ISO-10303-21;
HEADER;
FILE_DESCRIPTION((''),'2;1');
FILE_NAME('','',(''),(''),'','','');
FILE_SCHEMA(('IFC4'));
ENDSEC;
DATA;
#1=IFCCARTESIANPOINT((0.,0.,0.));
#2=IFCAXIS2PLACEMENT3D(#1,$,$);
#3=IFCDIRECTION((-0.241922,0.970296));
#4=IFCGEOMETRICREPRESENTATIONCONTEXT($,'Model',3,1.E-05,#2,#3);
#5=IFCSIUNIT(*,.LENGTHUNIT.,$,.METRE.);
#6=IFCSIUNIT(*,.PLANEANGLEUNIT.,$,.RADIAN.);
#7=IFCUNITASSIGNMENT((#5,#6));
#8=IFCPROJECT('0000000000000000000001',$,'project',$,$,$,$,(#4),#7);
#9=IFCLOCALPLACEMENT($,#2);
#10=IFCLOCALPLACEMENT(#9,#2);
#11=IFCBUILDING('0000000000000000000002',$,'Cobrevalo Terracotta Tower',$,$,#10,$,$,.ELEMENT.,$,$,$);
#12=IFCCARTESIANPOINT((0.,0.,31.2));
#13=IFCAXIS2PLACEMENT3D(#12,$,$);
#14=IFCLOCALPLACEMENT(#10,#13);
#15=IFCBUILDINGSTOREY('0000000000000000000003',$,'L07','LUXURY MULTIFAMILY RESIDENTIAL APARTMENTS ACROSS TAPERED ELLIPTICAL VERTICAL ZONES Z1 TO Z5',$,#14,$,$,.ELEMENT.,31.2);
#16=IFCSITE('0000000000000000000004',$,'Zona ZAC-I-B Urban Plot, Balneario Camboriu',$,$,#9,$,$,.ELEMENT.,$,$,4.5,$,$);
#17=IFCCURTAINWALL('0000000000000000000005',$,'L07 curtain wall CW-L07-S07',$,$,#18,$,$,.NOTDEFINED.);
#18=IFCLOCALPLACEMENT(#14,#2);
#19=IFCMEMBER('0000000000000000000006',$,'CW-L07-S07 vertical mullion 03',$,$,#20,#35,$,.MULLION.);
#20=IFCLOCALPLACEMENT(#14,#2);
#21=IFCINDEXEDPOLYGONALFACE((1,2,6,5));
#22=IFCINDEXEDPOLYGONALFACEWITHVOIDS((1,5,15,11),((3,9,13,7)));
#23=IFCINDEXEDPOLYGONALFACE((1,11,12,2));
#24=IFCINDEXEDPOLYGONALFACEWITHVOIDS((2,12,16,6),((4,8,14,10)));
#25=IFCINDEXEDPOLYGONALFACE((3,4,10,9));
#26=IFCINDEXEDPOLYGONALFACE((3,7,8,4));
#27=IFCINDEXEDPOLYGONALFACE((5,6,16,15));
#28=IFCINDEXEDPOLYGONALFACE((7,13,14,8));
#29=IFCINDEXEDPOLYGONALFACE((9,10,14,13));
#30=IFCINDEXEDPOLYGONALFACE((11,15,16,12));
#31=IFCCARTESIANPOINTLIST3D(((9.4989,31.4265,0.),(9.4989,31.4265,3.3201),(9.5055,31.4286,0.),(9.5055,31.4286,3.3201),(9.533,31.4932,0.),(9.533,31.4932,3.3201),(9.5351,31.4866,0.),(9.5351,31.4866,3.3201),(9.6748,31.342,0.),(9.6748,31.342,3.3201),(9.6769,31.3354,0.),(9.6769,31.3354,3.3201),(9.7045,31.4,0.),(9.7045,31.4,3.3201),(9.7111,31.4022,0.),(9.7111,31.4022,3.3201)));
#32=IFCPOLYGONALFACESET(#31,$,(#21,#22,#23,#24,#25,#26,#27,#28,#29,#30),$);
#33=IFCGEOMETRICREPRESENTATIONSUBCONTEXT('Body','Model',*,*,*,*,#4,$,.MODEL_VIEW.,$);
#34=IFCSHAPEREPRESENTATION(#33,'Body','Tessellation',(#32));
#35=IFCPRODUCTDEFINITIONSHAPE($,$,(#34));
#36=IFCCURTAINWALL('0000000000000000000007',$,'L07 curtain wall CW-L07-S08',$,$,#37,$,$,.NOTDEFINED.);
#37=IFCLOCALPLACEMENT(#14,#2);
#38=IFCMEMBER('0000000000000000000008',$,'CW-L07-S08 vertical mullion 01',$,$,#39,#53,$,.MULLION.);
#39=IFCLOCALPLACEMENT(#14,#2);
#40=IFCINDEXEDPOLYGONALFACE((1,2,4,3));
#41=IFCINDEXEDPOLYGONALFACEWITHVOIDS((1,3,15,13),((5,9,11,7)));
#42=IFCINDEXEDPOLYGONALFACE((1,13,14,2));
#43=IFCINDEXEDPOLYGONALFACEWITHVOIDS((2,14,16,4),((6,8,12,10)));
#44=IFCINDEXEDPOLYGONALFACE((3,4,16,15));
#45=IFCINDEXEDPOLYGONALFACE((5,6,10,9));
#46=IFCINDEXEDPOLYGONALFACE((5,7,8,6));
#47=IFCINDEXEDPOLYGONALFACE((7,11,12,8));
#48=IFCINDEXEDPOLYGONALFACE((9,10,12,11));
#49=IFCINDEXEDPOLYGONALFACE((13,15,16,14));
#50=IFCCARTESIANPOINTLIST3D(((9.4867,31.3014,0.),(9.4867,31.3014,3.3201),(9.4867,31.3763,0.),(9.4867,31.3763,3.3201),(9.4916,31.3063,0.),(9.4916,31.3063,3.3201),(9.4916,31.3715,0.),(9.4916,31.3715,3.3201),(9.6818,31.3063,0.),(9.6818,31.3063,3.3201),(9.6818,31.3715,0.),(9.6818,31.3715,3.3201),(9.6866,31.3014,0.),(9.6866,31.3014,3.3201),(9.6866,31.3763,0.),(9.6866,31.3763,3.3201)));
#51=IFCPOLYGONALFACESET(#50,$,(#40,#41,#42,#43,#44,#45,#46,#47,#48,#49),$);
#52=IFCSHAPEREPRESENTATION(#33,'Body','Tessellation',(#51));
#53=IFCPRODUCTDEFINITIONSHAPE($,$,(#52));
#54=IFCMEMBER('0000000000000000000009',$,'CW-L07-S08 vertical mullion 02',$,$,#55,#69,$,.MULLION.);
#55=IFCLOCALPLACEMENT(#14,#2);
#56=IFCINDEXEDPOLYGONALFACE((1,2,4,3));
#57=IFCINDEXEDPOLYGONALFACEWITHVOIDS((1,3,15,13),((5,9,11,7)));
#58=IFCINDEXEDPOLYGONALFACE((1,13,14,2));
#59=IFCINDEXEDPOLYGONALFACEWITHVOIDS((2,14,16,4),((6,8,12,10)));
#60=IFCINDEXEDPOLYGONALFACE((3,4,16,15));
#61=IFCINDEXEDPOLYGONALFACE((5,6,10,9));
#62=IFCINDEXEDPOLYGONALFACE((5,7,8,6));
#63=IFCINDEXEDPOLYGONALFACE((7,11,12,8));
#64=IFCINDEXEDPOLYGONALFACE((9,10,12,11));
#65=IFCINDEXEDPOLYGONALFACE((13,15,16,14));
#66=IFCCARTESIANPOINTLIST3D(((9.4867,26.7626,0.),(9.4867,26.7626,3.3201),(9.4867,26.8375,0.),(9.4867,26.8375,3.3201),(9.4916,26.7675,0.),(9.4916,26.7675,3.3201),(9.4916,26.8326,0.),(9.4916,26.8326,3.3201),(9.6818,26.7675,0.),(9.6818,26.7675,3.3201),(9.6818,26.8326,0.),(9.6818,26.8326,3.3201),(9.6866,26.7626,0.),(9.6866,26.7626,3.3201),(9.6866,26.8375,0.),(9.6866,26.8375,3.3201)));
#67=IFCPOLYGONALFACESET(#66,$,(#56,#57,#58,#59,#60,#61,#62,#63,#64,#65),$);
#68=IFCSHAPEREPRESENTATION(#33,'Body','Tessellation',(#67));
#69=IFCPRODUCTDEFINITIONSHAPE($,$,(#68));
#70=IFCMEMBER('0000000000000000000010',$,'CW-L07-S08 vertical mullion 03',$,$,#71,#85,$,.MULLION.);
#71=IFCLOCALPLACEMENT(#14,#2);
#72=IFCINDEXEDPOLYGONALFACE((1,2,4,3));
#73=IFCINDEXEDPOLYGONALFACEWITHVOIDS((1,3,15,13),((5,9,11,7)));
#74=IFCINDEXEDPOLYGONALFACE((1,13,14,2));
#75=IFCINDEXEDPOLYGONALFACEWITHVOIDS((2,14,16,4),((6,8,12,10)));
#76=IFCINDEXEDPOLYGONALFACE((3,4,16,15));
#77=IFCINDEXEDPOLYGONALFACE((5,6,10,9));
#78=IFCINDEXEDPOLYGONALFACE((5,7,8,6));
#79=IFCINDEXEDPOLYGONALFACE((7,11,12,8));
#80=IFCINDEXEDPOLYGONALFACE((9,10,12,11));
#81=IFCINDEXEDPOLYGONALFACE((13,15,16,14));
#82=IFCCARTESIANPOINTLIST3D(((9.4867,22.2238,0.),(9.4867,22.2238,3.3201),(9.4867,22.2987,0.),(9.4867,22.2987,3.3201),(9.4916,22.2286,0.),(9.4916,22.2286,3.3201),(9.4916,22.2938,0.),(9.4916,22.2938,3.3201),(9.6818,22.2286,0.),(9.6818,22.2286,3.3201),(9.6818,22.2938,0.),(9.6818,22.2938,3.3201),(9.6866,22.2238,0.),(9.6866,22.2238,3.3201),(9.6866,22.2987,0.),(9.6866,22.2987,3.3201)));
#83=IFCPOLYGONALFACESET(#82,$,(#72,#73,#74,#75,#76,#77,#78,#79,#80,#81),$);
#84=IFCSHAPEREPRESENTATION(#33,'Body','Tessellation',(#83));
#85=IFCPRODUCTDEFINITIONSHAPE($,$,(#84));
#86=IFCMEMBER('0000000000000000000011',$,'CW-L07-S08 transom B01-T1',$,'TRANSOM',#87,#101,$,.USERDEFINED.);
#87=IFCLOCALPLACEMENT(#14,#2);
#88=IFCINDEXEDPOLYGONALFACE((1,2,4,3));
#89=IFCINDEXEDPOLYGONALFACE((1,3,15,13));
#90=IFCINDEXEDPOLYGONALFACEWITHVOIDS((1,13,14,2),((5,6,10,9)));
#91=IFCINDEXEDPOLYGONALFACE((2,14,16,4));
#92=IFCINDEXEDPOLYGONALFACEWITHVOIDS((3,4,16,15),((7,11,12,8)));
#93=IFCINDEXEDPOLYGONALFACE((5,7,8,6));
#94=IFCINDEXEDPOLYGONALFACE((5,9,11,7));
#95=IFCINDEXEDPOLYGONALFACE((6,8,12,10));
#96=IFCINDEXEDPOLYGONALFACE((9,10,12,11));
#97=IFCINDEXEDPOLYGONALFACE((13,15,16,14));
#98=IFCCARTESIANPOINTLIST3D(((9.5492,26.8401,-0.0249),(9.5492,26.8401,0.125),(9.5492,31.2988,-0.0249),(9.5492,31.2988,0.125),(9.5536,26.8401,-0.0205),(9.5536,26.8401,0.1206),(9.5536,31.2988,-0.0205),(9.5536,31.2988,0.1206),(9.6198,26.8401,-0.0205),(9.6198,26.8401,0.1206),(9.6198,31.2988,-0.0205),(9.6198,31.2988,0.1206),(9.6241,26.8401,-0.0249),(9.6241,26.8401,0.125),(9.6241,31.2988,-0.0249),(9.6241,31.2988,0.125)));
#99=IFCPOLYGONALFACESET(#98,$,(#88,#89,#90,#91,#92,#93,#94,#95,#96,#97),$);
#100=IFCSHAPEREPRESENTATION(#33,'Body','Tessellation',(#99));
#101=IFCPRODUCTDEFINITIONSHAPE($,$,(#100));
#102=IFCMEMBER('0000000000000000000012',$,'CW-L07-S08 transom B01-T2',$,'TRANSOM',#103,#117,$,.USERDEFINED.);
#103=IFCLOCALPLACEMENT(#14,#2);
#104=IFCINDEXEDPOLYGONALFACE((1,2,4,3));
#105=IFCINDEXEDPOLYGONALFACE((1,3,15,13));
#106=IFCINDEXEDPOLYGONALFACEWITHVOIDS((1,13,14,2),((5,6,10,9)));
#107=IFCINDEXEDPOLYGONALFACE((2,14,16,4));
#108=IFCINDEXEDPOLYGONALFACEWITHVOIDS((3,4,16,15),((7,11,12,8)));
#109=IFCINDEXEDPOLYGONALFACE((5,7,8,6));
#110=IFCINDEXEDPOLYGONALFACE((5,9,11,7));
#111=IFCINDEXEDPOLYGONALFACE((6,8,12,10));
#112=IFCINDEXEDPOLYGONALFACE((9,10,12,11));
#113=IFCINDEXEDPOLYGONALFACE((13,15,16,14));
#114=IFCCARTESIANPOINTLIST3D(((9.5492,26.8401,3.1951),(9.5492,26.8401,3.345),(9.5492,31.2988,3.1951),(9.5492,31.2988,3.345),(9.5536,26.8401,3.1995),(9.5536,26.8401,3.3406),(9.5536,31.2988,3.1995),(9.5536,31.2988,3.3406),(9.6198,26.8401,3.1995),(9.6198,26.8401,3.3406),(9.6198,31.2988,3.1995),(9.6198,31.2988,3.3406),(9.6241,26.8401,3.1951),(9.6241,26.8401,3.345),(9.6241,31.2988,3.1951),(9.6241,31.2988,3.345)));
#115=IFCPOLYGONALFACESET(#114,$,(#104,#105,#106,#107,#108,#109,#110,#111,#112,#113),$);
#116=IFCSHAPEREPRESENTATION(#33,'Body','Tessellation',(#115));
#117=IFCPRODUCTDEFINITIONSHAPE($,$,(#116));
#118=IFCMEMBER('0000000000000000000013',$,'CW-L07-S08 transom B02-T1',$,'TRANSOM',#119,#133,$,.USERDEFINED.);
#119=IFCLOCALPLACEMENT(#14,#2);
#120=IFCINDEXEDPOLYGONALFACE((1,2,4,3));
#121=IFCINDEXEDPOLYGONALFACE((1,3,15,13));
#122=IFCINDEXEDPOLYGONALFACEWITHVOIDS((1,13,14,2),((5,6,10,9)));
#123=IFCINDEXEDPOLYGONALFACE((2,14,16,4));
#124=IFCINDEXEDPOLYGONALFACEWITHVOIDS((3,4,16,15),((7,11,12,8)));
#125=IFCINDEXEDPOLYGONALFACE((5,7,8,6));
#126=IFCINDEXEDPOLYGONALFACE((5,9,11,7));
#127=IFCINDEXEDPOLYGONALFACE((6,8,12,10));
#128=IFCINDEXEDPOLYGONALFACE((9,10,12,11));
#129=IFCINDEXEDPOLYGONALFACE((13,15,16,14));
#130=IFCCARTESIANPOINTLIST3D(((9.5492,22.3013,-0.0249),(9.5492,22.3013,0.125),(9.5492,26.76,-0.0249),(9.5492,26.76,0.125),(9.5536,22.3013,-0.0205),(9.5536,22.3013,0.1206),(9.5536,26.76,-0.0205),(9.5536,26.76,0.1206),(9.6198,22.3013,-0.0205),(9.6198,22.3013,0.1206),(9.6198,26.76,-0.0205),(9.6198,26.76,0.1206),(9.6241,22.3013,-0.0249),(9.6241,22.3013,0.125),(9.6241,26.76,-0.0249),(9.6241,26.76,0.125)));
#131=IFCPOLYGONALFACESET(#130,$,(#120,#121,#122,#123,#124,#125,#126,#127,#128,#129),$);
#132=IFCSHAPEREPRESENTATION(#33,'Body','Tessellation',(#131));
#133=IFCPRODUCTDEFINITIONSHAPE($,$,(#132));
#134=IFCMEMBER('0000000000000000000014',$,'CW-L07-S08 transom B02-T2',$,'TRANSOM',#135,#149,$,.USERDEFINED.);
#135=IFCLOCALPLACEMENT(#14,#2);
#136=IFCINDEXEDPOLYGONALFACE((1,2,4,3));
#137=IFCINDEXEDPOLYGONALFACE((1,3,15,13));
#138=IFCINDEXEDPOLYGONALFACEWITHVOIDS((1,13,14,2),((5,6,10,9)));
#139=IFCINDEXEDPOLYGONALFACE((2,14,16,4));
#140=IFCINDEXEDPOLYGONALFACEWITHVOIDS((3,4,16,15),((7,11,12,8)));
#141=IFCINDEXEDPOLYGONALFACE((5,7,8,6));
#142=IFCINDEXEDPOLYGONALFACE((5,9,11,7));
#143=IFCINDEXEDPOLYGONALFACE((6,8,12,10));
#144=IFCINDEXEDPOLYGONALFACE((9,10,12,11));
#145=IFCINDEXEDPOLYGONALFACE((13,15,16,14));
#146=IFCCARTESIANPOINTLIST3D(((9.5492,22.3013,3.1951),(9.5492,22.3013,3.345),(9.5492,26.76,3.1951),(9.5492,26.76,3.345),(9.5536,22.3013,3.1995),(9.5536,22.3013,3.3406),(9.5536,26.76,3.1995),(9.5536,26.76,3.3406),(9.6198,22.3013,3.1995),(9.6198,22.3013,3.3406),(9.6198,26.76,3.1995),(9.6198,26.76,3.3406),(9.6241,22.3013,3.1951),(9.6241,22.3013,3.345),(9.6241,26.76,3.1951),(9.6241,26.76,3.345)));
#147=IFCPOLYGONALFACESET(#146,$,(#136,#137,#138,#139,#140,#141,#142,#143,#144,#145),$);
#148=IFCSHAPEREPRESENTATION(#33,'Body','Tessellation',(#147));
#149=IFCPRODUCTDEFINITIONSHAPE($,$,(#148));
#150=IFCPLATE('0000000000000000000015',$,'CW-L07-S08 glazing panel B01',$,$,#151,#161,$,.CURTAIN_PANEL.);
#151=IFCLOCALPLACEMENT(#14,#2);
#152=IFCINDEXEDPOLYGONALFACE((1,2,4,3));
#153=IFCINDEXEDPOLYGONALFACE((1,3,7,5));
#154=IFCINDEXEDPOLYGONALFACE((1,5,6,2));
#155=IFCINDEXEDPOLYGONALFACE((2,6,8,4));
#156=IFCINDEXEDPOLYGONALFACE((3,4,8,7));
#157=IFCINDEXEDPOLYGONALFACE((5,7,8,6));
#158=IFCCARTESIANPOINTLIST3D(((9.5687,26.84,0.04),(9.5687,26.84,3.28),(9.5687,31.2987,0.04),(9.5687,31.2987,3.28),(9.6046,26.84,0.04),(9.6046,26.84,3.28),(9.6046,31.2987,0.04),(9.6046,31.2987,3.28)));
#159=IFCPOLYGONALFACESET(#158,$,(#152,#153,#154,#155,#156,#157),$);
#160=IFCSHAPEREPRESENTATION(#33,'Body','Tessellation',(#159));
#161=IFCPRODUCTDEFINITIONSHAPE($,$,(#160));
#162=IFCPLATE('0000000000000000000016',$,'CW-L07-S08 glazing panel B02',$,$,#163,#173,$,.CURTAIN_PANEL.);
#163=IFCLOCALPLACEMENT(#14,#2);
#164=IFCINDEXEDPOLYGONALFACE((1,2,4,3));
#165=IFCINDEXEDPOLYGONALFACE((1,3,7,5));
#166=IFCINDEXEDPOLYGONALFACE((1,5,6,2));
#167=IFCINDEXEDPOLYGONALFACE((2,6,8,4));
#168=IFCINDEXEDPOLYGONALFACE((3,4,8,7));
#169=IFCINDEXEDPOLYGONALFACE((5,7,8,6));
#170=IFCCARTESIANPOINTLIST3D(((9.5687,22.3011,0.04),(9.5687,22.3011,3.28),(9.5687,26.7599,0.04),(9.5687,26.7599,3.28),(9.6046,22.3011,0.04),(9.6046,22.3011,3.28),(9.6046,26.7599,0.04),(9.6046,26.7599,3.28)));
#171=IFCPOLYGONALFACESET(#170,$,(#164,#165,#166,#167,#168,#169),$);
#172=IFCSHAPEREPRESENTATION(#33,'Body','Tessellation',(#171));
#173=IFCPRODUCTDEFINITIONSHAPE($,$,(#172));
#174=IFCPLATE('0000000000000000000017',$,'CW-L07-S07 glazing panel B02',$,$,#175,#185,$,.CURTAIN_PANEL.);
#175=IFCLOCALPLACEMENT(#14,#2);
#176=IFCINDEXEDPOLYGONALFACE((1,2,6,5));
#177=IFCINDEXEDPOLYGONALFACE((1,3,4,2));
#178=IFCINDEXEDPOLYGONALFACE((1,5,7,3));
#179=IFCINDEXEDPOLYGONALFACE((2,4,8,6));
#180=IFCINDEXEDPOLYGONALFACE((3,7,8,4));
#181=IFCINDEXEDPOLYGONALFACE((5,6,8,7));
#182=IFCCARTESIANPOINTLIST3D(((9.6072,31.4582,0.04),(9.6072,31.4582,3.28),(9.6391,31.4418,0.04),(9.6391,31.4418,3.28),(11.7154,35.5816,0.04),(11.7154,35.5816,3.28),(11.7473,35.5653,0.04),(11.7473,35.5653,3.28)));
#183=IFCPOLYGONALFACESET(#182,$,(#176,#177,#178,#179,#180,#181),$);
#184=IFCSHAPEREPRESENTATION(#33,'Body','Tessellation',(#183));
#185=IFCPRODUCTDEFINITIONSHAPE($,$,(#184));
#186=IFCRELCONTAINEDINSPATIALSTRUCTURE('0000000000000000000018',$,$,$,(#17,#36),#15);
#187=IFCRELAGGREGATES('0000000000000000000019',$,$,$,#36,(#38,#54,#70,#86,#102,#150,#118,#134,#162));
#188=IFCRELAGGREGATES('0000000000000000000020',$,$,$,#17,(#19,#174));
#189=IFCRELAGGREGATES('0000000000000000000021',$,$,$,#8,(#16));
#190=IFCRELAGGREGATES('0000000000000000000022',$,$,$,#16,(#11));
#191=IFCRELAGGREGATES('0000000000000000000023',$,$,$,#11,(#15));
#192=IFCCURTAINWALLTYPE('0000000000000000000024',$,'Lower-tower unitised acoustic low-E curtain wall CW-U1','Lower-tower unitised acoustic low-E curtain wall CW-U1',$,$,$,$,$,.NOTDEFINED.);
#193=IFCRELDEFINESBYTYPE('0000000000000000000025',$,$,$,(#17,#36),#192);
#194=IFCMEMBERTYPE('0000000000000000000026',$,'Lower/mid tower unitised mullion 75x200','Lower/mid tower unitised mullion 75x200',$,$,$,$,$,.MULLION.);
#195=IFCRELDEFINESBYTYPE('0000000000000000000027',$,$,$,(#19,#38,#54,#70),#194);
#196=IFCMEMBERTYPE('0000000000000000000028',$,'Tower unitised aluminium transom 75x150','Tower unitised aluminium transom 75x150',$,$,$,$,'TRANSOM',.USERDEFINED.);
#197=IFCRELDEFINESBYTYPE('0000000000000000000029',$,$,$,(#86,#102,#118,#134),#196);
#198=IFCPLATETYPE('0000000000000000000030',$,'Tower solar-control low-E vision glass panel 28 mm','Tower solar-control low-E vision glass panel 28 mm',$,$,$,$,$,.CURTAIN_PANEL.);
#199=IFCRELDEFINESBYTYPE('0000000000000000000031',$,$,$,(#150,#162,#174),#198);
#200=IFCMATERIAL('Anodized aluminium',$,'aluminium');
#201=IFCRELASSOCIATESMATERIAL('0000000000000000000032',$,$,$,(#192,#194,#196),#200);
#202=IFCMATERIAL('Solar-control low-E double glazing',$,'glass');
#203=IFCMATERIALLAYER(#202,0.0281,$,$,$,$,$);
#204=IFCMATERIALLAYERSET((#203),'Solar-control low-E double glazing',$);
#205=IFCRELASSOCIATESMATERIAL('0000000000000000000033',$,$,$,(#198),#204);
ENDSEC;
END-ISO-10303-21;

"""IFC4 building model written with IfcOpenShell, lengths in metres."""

from ifc_helpers import new_model, si_unit, direction, frame, origin, origin_2d, place, context, subcontext, project, spatial, rectangle, hollow_rectangle, extrude, source, transform, mapped, material, layer, layer_set, material_profile, profile_set, type_object, element, aggregate, save


model = new_model("IFC4")

# Units and contexts
model_context = context("Model", 3, precision=1e-05, world=origin(), true_north=direction((-0.241922, 0.970296)))
body_context = subcontext(model_context, "Body", "Model", "MODEL_VIEW")
ifc_project = project(units=[si_unit("LENGTHUNIT", "METRE"), si_unit("PLANEANGLEUNIT", "RADIAN")], contexts=[model_context])

# Site, building, storey
site_placement = place(None, origin())
site = spatial("IfcSite", under=ifc_project, at=site_placement, Name="Zona ZAC-I-B Urban Plot, Balneario Camboriu", CompositionType="ELEMENT", RefElevation=4.5)
building_placement = place(site_placement, origin())
building = spatial("IfcBuilding", under=site, at=building_placement, Name="Cobrevalo Terracotta Tower", CompositionType="ELEMENT")
storey_placement = place(building_placement, frame((0.0, 0.0, 31.2)))
storey = spatial("IfcBuildingStorey", under=building, at=storey_placement, Name="L07", Description="LUXURY MULTIFAMILY RESIDENTIAL APARTMENTS ACROSS TAPERED ELLIPTICAL VERTICAL ZONES Z1 TO Z5", CompositionType="ELEMENT", Elevation=31.2)

# Curtain wall, member
ifc_material_1 = material(Name="Anodized aluminium", Category="aluminium")
curtain_wall_type = type_object("IfcCurtainWallType", Name="Lower-tower unitised acoustic low-E curtain wall CW-U1", Description="Lower-tower unitised acoustic low-E curtain wall CW-U1", PredefinedType="NOTDEFINED", material=ifc_material_1)
curtain_wall_1_placement = place(storey_placement, origin())
curtain_wall_1 = element("IfcCurtainWall", 1, at=curtain_wall_1_placement, inside=storey, type_object=curtain_wall_type, Name="L07 curtain wall CW-L07-S07", PredefinedType="NOTDEFINED")
ifc_material_profile_1 = material_profile(ifc_material_1, hollow_rectangle(XDim=0.075, YDim=0.2, WallThickness=0.0049, at=origin_2d()), Name="CWM 75x200")
ifc_profile_set_1 = profile_set([ifc_material_profile_1], Name="Anodized aluminium")
member_type_1 = type_object("IfcMemberType", Name="Lower/mid tower unitised mullion 75x200", Description="Lower/mid tower unitised mullion 75x200", PredefinedType="MULLION", material=ifc_profile_set_1)
shared_shape_1 = source(origin(), body_context, "Body", "SweptSolid", [
    extrude(hollow_rectangle(XDim=0.075, YDim=0.2, WallThickness=0.0049, at=origin_2d()), origin(), (0.0, 0.0, 1.0), 3.3201),
])
member_1_placement = place(storey_placement, frame((9.605, 31.4143, 0.0), z_axis=(0.0, 0.0, 1.0), x_axis=(-0.455234, -0.890372, 0.0)))
member_1 = element("IfcMember", 2, at=member_1_placement, type_object=member_type_1, Name="CW-L07-S07 vertical mullion 03", PredefinedType="MULLION", context=body_context, shape_type="MappedRepresentation", body=[
    mapped(shared_shape_1, transform((0.0, 0.0, 0.0), scale=1.0)),
])

# Curtain wall, members, plates
curtain_wall_2_placement = place(storey_placement, origin())
curtain_wall_2 = element("IfcCurtainWall", 3, at=curtain_wall_2_placement, inside=storey, type_object=curtain_wall_type, Name="L07 curtain wall CW-L07-S08", PredefinedType="NOTDEFINED")
member_2_placement = place(storey_placement, frame((9.5867, 31.3389, 0.0), z_axis=(0.0, 0.0, 1.0), x_axis=(0.0, -1.0, 0.0)))
member_2 = element("IfcMember", 4, at=member_2_placement, type_object=member_type_1, Name="CW-L07-S08 vertical mullion 01", PredefinedType="MULLION", context=body_context, shape_type="MappedRepresentation", body=[
    mapped(shared_shape_1, transform((0.0, 0.0, 0.0), scale=1.0)),
])
member_3_placement = place(storey_placement, frame((9.5867, 26.8, 0.0), z_axis=(0.0, 0.0, 1.0), x_axis=(0.0, -1.0, 0.0)))
member_3 = element("IfcMember", 5, at=member_3_placement, type_object=member_type_1, Name="CW-L07-S08 vertical mullion 02", PredefinedType="MULLION", context=body_context, shape_type="MappedRepresentation", body=[
    mapped(shared_shape_1, transform((0.0, 0.0, 0.0), scale=1.0)),
])
member_4_placement = place(storey_placement, frame((9.5867, 22.2612, 0.0), z_axis=(0.0, 0.0, 1.0), x_axis=(0.0, -1.0, 0.0)))
member_4 = element("IfcMember", 6, at=member_4_placement, type_object=member_type_1, Name="CW-L07-S08 vertical mullion 03", PredefinedType="MULLION", context=body_context, shape_type="MappedRepresentation", body=[
    mapped(shared_shape_1, transform((0.0, 0.0, 0.0), scale=1.0)),
])
ifc_material_profile_2 = material_profile(ifc_material_1, hollow_rectangle(XDim=0.075, YDim=0.1499, WallThickness=0.0044, at=origin_2d()), Name="CWT 75x150")
ifc_profile_set_2 = profile_set([ifc_material_profile_2], Name="Anodized aluminium")
member_type_2 = type_object("IfcMemberType", Name="Tower unitised aluminium transom 75x150", Description="Tower unitised aluminium transom 75x150", ElementType="TRANSOM", PredefinedType="USERDEFINED", material=ifc_profile_set_2)
shared_shape_2 = source(origin(), body_context, "Body", "SweptSolid", [
    extrude(hollow_rectangle(XDim=0.075, YDim=0.1499, WallThickness=0.0044, at=origin_2d()), origin(), (0.0, 0.0, 1.0), 4.4587),
])
member_5_placement = place(storey_placement, frame((9.5867, 31.2988, 0.05), z_axis=(0.0, -1.0, 0.0), x_axis=(1.0, 0.0, 0.0)))
member_5 = element("IfcMember", 7, at=member_5_placement, type_object=member_type_2, Name="CW-L07-S08 transom B01-T1", ObjectType="TRANSOM", PredefinedType="USERDEFINED", context=body_context, shape_type="MappedRepresentation", body=[
    mapped(shared_shape_2, transform((0.0, 0.0, 0.0), scale=1.0)),
])
member_6_placement = place(storey_placement, frame((9.5867, 31.2988, 3.27), z_axis=(0.0, -1.0, 0.0), x_axis=(1.0, 0.0, 0.0)))
member_6 = element("IfcMember", 8, at=member_6_placement, type_object=member_type_2, Name="CW-L07-S08 transom B01-T2", ObjectType="TRANSOM", PredefinedType="USERDEFINED", context=body_context, shape_type="MappedRepresentation", body=[
    mapped(shared_shape_2, transform((0.0, 0.0, 0.0), scale=1.0)),
])
member_7_placement = place(storey_placement, frame((9.5867, 26.76, 0.05), z_axis=(0.0, -1.0, 0.0), x_axis=(1.0, 0.0, 0.0)))
member_7 = element("IfcMember", 9, at=member_7_placement, type_object=member_type_2, Name="CW-L07-S08 transom B02-T1", ObjectType="TRANSOM", PredefinedType="USERDEFINED", context=body_context, shape_type="MappedRepresentation", body=[
    mapped(shared_shape_2, transform((0.0, 0.0, 0.0), scale=1.0)),
])
member_8_placement = place(storey_placement, frame((9.5867, 26.76, 3.27), z_axis=(0.0, -1.0, 0.0), x_axis=(1.0, 0.0, 0.0)))
member_8 = element("IfcMember", 10, at=member_8_placement, type_object=member_type_2, Name="CW-L07-S08 transom B02-T2", ObjectType="TRANSOM", PredefinedType="USERDEFINED", context=body_context, shape_type="MappedRepresentation", body=[
    mapped(shared_shape_2, transform((0.0, 0.0, 0.0), scale=1.0)),
])
ifc_material_2 = material(Name="Solar-control low-E double glazing", Category="glass")
ifc_layer_1 = layer(ifc_material_2, 0.0281)
ifc_layer_set_1 = layer_set([ifc_layer_1], Name="Solar-control low-E double glazing")
plate_type = type_object("IfcPlateType", Name="Tower solar-control low-E vision glass panel 28 mm", Description="Tower solar-control low-E vision glass panel 28 mm", PredefinedType="CURTAIN_PANEL", material=ifc_layer_set_1)
shared_shape_3 = source(origin(), body_context, "Body", "SweptSolid", [
    extrude(rectangle(XDim=4.4587, YDim=0.0359, at=origin_2d()), origin(), (0.0, 0.0, 1.0), 3.24),
])
plate_1_placement = place(storey_placement, frame((9.5867, 29.0693, 0.04), z_axis=(0.0, 0.0, 1.0), x_axis=(0.0, -1.0, 0.0)))
plate_1 = element("IfcPlate", 11, at=plate_1_placement, type_object=plate_type, Name="CW-L07-S08 glazing panel B01", PredefinedType="CURTAIN_PANEL", context=body_context, shape_type="MappedRepresentation", body=[
    mapped(shared_shape_3, transform((0.0, 0.0, 0.0), scale=1.0)),
])
plate_2_placement = place(storey_placement, frame((9.5867, 24.5305, 0.04), z_axis=(0.0, 0.0, 1.0), x_axis=(0.0, -1.0, 0.0)))
plate_2 = element("IfcPlate", 12, at=plate_2_placement, type_object=plate_type, Name="CW-L07-S08 glazing panel B02", PredefinedType="CURTAIN_PANEL", context=body_context, shape_type="MappedRepresentation", body=[
    mapped(shared_shape_3, transform((0.0, 0.0, 0.0), scale=1.0)),
])
aggregate(curtain_wall_2, [member_2, member_3, member_4, member_5, member_6, plate_1, member_7, member_8, plate_2])

# Plate
shared_shape_4 = source(origin(), body_context, "Body", "SweptSolid", [
    extrude(rectangle(XDim=4.6311, YDim=0.0359, at=origin_2d()), origin(), (0.0, 0.0, 1.0), 3.24),
])
plate_3_placement = place(storey_placement, frame((10.6772, 33.5117, 0.04), z_axis=(0.0, 0.0, 1.0), x_axis=(-0.455231, -0.890373, 0.0)))
plate_3 = element("IfcPlate", 13, at=plate_3_placement, type_object=plate_type, Name="CW-L07-S07 glazing panel B02", PredefinedType="CURTAIN_PANEL", context=body_context, shape_type="MappedRepresentation", body=[
    mapped(shared_shape_4, transform((0.0, 0.0, 0.0), scale=1.0)),
])
aggregate(curtain_wall_1, [member_1, plate_3])

save(model, "model.ifc")
